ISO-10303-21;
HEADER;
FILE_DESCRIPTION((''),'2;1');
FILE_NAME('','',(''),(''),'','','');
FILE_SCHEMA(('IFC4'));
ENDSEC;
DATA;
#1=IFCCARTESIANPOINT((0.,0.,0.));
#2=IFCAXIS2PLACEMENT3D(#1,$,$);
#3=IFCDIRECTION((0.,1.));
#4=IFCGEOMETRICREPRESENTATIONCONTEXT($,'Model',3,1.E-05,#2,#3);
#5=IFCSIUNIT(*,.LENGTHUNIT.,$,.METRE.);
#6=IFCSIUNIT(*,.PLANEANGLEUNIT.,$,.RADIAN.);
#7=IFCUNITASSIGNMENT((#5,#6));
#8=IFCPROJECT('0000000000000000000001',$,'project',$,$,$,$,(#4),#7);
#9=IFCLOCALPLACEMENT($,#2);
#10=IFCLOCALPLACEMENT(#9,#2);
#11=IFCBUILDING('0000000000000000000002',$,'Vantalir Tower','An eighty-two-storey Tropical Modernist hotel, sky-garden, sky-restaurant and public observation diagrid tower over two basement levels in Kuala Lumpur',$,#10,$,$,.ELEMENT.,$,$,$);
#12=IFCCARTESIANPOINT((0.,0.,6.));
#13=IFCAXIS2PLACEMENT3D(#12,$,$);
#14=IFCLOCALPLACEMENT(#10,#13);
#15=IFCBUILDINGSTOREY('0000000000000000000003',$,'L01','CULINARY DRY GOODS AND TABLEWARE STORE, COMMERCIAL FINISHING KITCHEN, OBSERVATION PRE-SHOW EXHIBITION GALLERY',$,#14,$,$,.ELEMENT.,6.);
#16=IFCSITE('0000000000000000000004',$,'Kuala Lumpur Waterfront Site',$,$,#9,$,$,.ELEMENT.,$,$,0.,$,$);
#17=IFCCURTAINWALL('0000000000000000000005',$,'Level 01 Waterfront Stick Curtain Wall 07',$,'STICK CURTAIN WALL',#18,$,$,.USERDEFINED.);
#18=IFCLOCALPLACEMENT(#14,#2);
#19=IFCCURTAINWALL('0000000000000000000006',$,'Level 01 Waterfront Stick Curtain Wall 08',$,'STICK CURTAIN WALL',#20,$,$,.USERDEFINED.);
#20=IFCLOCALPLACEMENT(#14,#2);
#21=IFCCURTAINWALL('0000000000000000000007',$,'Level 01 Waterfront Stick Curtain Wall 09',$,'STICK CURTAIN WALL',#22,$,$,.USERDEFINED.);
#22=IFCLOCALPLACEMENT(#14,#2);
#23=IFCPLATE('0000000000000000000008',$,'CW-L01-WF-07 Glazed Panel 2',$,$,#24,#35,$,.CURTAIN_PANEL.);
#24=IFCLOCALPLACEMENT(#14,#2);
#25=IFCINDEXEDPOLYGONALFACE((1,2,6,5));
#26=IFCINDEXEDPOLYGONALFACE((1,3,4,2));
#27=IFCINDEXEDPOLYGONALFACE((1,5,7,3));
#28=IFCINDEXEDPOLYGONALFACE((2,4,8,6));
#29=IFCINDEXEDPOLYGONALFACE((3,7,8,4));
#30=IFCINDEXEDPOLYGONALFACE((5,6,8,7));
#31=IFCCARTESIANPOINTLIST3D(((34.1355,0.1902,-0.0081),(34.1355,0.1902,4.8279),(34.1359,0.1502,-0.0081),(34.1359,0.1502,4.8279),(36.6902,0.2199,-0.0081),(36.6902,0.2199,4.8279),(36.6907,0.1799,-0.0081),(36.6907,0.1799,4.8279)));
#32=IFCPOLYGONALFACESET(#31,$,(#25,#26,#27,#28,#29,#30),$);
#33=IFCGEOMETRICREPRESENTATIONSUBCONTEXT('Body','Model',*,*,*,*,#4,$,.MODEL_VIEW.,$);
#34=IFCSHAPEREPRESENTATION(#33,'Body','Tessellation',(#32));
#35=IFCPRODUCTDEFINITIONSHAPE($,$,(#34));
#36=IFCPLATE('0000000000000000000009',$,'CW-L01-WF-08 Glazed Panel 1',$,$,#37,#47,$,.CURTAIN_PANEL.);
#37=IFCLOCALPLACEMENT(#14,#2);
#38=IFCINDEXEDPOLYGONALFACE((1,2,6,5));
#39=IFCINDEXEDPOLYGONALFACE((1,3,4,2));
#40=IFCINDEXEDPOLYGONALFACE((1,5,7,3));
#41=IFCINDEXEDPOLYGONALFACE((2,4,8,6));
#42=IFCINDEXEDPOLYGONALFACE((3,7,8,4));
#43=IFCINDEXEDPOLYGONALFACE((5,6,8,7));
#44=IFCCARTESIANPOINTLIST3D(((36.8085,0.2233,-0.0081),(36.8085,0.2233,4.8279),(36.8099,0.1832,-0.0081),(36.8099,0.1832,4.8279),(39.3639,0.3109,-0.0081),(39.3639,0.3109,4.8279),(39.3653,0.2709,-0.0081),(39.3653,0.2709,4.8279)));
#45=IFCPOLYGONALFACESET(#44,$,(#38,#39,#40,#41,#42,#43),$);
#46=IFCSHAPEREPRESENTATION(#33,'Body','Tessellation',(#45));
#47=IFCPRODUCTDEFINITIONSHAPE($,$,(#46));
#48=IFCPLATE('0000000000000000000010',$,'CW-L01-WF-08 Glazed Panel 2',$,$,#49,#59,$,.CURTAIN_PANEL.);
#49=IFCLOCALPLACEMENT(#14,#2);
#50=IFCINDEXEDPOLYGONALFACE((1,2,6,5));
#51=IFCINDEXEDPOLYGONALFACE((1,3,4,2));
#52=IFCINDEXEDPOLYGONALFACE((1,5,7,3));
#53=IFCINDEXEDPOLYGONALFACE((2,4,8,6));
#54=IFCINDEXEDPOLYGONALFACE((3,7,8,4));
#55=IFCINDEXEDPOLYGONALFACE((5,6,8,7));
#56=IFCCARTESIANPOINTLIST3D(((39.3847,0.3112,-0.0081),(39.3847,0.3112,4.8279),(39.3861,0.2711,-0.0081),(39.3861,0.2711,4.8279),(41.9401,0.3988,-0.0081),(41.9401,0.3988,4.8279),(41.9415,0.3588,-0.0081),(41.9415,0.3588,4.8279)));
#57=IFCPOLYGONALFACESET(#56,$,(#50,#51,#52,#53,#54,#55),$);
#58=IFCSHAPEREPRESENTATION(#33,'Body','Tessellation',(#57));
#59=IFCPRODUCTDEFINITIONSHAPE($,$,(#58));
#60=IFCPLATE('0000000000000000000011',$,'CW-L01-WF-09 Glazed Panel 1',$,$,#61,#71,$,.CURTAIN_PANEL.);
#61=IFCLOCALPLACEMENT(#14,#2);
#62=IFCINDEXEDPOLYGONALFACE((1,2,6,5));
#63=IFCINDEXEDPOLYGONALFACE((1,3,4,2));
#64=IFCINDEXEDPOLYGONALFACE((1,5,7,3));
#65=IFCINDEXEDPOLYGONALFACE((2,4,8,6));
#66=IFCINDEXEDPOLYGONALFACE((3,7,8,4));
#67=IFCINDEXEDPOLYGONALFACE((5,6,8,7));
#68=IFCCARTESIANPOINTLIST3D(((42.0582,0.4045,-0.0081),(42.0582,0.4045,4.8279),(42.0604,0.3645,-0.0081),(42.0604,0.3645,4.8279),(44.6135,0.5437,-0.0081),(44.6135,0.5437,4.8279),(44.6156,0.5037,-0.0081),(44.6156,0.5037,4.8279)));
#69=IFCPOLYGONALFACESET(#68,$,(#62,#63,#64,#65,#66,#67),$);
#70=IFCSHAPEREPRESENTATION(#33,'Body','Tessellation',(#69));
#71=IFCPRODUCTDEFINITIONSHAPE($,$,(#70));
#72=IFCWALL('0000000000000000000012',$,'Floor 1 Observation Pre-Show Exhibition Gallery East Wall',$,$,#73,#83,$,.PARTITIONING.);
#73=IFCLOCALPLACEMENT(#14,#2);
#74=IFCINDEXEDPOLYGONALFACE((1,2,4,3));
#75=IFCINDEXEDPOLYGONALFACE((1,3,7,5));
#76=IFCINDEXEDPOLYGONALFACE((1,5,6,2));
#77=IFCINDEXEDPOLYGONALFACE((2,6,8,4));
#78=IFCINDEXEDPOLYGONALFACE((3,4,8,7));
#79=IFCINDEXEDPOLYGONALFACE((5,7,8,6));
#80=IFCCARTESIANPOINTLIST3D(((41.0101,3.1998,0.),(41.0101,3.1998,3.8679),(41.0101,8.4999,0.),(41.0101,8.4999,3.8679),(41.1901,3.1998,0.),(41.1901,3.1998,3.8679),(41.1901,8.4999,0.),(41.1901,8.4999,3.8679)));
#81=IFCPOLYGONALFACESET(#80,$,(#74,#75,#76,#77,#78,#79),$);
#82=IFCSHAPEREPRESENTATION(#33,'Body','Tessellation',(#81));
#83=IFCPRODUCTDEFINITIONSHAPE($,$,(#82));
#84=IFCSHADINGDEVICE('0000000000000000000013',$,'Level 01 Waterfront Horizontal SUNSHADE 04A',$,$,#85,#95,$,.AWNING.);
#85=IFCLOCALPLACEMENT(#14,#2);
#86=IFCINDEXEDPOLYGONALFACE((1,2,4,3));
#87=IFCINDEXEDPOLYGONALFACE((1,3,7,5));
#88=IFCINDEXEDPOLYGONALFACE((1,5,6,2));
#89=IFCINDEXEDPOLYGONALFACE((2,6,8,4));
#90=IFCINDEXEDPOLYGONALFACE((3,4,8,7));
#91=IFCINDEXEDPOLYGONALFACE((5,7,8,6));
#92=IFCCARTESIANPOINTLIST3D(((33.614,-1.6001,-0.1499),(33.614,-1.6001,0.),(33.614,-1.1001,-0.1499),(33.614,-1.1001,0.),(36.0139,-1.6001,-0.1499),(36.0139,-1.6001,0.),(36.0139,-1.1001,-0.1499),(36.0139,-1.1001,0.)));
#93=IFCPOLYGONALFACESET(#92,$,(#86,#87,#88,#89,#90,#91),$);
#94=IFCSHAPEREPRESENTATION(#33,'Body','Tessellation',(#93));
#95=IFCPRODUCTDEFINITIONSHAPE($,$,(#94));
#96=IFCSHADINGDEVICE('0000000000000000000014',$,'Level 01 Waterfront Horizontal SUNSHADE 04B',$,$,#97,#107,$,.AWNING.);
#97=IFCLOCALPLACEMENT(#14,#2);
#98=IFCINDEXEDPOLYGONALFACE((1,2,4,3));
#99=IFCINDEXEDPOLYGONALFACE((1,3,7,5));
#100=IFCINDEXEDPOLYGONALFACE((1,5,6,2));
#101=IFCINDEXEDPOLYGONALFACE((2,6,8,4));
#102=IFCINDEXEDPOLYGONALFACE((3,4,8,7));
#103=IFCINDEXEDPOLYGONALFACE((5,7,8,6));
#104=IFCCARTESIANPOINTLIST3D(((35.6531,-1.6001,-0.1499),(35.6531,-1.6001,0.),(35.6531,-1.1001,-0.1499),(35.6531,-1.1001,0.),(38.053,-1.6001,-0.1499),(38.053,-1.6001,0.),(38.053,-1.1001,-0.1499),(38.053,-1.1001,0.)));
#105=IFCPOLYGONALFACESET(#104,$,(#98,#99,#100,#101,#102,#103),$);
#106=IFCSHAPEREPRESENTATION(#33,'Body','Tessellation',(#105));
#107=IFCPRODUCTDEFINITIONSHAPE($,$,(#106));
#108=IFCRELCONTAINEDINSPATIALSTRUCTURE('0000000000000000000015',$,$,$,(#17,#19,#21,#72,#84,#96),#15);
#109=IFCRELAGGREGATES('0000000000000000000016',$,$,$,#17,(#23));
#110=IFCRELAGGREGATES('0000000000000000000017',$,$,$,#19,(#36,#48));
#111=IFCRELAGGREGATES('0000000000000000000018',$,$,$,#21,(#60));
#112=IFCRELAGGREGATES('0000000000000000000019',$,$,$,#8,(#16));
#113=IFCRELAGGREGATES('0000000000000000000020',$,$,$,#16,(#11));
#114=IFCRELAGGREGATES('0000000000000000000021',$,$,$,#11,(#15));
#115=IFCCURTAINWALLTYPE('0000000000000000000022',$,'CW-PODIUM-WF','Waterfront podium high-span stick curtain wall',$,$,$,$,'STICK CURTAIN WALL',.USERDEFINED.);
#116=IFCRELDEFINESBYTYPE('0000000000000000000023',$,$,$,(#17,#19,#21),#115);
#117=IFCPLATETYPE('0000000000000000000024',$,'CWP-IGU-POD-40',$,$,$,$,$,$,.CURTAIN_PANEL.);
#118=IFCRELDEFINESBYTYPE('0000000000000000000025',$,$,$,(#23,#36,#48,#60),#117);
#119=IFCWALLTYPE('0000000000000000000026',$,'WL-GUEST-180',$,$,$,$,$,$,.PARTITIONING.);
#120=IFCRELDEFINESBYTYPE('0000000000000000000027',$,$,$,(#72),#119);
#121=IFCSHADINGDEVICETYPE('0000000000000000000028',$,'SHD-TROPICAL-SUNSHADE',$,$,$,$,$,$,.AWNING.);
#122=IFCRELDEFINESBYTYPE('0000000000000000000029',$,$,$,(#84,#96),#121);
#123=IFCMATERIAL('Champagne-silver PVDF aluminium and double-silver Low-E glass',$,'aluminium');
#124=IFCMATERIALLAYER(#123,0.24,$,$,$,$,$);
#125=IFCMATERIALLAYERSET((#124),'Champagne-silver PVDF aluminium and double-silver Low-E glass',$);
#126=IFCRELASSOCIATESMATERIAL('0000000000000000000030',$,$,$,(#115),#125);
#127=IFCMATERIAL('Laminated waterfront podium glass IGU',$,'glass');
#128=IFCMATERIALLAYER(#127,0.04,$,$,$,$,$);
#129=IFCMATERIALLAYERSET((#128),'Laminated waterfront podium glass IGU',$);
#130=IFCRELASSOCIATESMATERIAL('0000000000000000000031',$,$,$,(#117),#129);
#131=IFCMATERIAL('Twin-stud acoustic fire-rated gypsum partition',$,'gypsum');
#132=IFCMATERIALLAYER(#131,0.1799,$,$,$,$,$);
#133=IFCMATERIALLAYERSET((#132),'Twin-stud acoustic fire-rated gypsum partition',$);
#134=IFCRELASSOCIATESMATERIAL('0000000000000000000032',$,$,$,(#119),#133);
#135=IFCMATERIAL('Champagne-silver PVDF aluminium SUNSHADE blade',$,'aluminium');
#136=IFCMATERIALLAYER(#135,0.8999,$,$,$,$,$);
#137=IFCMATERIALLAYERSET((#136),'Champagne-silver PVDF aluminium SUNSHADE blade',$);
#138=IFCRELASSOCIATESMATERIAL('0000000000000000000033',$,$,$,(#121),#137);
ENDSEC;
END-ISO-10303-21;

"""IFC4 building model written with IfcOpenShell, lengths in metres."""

from ifc_helpers import new_model, si_unit, direction, frame, frame_2d, origin, origin_2d, place, context, subcontext, project, spatial, rectangle, extrude, material, layer, layer_set, type_object, element, aggregate, save


model = new_model("IFC4")

# Units and contexts
model_context = context("Model", 3, precision=1e-05, world=origin(), true_north=direction((0.0, 1.0)))
body_context = subcontext(model_context, "Body", "Model", "MODEL_VIEW")
ifc_project = project(units=[si_unit("LENGTHUNIT", "METRE"), si_unit("PLANEANGLEUNIT", "RADIAN")], contexts=[model_context])

# Site, building, storey
site_placement = place(None, origin())
site = spatial("IfcSite", under=ifc_project, at=site_placement, Name="Kuala Lumpur Waterfront Site", CompositionType="ELEMENT", RefElevation=0.0)
building_placement = place(site_placement, origin())
building = spatial("IfcBuilding", under=site, at=building_placement, Name="Vantalir Tower", Description="An eighty-two-storey Tropical Modernist hotel, sky-garden, sky-restaurant and public observation diagrid tower over two basement levels in Kuala Lumpur", CompositionType="ELEMENT")
storey_placement = place(building_placement, frame((0.0, 0.0, 6.0)))
storey = spatial("IfcBuildingStorey", under=building, at=storey_placement, Name="L01", Description="CULINARY DRY GOODS AND TABLEWARE STORE, COMMERCIAL FINISHING KITCHEN, OBSERVATION PRE-SHOW EXHIBITION GALLERY", CompositionType="ELEMENT", Elevation=6.0)

# Curtain walls
ifc_material_1 = material(Name="Champagne-silver PVDF aluminium and double-silver Low-E glass", Category="aluminium")
ifc_layer_1 = layer(ifc_material_1, 0.24)
ifc_layer_set_1 = layer_set([ifc_layer_1], Name="Champagne-silver PVDF aluminium and double-silver Low-E glass")
curtain_wall_type = type_object("IfcCurtainWallType", Name="CW-PODIUM-WF", Description="Waterfront podium high-span stick curtain wall", ElementType="STICK CURTAIN WALL", PredefinedType="USERDEFINED", material=ifc_layer_set_1)
curtain_wall_1_placement = place(storey_placement, origin())
curtain_wall_1 = element("IfcCurtainWall", 1, at=curtain_wall_1_placement, inside=storey, type_object=curtain_wall_type, Name="Level 01 Waterfront Stick Curtain Wall 07", ObjectType="STICK CURTAIN WALL", PredefinedType="USERDEFINED")
curtain_wall_2_placement = place(storey_placement, origin())
curtain_wall_2 = element("IfcCurtainWall", 2, at=curtain_wall_2_placement, inside=storey, type_object=curtain_wall_type, Name="Level 01 Waterfront Stick Curtain Wall 08", ObjectType="STICK CURTAIN WALL", PredefinedType="USERDEFINED")

# Curtain wall
curtain_wall_3_placement = place(storey_placement, origin())
curtain_wall_3 = element("IfcCurtainWall", 3, at=curtain_wall_3_placement, inside=storey, type_object=curtain_wall_type, Name="Level 01 Waterfront Stick Curtain Wall 09", ObjectType="STICK CURTAIN WALL", PredefinedType="USERDEFINED")

# Plates
ifc_material_2 = material(Name="Laminated waterfront podium glass IGU", Category="glass")
ifc_layer_2 = layer(ifc_material_2, 0.04)
ifc_layer_set_2 = layer_set([ifc_layer_2], Name="Laminated waterfront podium glass IGU")
plate_type = type_object("IfcPlateType", Name="CWP-IGU-POD-40", PredefinedType="CURTAIN_PANEL", material=ifc_layer_set_2)
plate_1_placement = place(storey_placement, frame((35.4131, 0.1851, -0.0081), z_axis=(0.0, 0.0, 1.0), x_axis=(0.999932, 0.011624, 0.0)))
plate_1 = element("IfcPlate", 4, at=plate_1_placement, type_object=plate_type, Name="CW-L01-WF-07 Glazed Panel 2", PredefinedType="CURTAIN_PANEL", context=body_context, shape_type="SweptSolid", body=[
    extrude(rectangle(XDim=2.5549, YDim=0.04, at=origin_2d()), origin(), (0.0, 0.0, 1.0), 4.8359),
])
aggregate(curtain_wall_1, [plate_1])
plate_2_placement = place(storey_placement, frame((38.0869, 0.2471, -0.0081), z_axis=(0.0, 0.0, 1.0), x_axis=(0.999413, 0.034272, 0.0)))
plate_2 = element("IfcPlate", 5, at=plate_2_placement, type_object=plate_type, Name="CW-L01-WF-08 Glazed Panel 1", PredefinedType="CURTAIN_PANEL", context=body_context, shape_type="SweptSolid", body=[
    extrude(rectangle(XDim=2.5569, YDim=0.04, at=origin_2d()), origin(), (0.0, 0.0, 1.0), 4.8359),
])
plate_3_placement = place(storey_placement, frame((40.6631, 0.335, -0.0081), z_axis=(0.0, 0.0, 1.0), x_axis=(0.999413, 0.034272, 0.0)))
plate_3 = element("IfcPlate", 6, at=plate_3_placement, type_object=plate_type, Name="CW-L01-WF-08 Glazed Panel 2", PredefinedType="CURTAIN_PANEL", context=body_context, shape_type="SweptSolid", body=[
    extrude(rectangle(XDim=2.5569, YDim=0.04, at=origin_2d()), origin(), (0.0, 0.0, 1.0), 4.8359),
])
aggregate(curtain_wall_2, [plate_2, plate_3])
plate_4_placement = place(storey_placement, frame((43.3369, 0.4541, -0.0081), z_axis=(0.0, 0.0, 1.0), x_axis=(0.99852, 0.054393, 0.0)))
plate_4 = element("IfcPlate", 7, at=plate_4_placement, type_object=plate_type, Name="CW-L01-WF-09 Glazed Panel 1", PredefinedType="CURTAIN_PANEL", context=body_context, shape_type="SweptSolid", body=[
    extrude(rectangle(XDim=2.5591, YDim=0.04, at=origin_2d()), origin(), (0.0, 0.0, 1.0), 4.8359),
])
aggregate(curtain_wall_3, [plate_4])

# Wall
ifc_material_3 = material(Name="Twin-stud acoustic fire-rated gypsum partition", Category="gypsum")
ifc_layer_3 = layer(ifc_material_3, 0.1799)
ifc_layer_set_3 = layer_set([ifc_layer_3], Name="Twin-stud acoustic fire-rated gypsum partition")
wall_type = type_object("IfcWallType", Name="WL-GUEST-180", PredefinedType="PARTITIONING", material=ifc_layer_set_3)
wall_placement = place(storey_placement, frame((41.1001, 3.2, 0.0), z_axis=(0.0, 0.0, 1.0), x_axis=(0.0, 1.0, 0.0)))
element("IfcWall", 8, at=wall_placement, inside=storey, type_object=wall_type, Name="Floor 1 Observation Pre-Show Exhibition Gallery East Wall", PredefinedType="PARTITIONING", context=body_context, shape_type="SweptSolid", body=[
    extrude(rectangle(XDim=5.3, YDim=0.1799, at=frame_2d((2.6499, 0.0))), origin(), (0.0, 0.0, 1.0), 3.8679),
])

# Shading devices
ifc_material_4 = material(Name="Champagne-silver PVDF aluminium SUNSHADE blade", Category="aluminium")
ifc_layer_4 = layer(ifc_material_4, 0.8999)
ifc_layer_set_4 = layer_set([ifc_layer_4], Name="Champagne-silver PVDF aluminium SUNSHADE blade")
shading_device_type = type_object("IfcShadingDeviceType", Name="SHD-TROPICAL-SUNSHADE", PredefinedType="AWNING", material=ifc_layer_set_4)
for number, where, z_axis, x_axis, name in (
    (9, (34.814, -1.3501, -0.1499), (0.0, 0.0, 1.0), (1.0, 0.0, 0.0), "Level 01 Waterfront Horizontal SUNSHADE 04A"),
    (10, (36.853, -1.3501, -0.1499), (0.0, 0.0, 1.0), (1.0, 0.0, 0.0), "Level 01 Waterfront Horizontal SUNSHADE 04B"),
):
    element("IfcShadingDevice", number, at=place(storey_placement, frame(where, z_axis=z_axis, x_axis=x_axis)), inside=storey, type_object=shading_device_type, Name=name, PredefinedType="AWNING", context=body_context, shape_type="SweptSolid", body=[
        extrude(rectangle(XDim=2.3999, YDim=0.5, at=origin_2d()), origin(), (0.0, 0.0, 1.0), 0.1499),
    ])

save(model, "model.ifc")
